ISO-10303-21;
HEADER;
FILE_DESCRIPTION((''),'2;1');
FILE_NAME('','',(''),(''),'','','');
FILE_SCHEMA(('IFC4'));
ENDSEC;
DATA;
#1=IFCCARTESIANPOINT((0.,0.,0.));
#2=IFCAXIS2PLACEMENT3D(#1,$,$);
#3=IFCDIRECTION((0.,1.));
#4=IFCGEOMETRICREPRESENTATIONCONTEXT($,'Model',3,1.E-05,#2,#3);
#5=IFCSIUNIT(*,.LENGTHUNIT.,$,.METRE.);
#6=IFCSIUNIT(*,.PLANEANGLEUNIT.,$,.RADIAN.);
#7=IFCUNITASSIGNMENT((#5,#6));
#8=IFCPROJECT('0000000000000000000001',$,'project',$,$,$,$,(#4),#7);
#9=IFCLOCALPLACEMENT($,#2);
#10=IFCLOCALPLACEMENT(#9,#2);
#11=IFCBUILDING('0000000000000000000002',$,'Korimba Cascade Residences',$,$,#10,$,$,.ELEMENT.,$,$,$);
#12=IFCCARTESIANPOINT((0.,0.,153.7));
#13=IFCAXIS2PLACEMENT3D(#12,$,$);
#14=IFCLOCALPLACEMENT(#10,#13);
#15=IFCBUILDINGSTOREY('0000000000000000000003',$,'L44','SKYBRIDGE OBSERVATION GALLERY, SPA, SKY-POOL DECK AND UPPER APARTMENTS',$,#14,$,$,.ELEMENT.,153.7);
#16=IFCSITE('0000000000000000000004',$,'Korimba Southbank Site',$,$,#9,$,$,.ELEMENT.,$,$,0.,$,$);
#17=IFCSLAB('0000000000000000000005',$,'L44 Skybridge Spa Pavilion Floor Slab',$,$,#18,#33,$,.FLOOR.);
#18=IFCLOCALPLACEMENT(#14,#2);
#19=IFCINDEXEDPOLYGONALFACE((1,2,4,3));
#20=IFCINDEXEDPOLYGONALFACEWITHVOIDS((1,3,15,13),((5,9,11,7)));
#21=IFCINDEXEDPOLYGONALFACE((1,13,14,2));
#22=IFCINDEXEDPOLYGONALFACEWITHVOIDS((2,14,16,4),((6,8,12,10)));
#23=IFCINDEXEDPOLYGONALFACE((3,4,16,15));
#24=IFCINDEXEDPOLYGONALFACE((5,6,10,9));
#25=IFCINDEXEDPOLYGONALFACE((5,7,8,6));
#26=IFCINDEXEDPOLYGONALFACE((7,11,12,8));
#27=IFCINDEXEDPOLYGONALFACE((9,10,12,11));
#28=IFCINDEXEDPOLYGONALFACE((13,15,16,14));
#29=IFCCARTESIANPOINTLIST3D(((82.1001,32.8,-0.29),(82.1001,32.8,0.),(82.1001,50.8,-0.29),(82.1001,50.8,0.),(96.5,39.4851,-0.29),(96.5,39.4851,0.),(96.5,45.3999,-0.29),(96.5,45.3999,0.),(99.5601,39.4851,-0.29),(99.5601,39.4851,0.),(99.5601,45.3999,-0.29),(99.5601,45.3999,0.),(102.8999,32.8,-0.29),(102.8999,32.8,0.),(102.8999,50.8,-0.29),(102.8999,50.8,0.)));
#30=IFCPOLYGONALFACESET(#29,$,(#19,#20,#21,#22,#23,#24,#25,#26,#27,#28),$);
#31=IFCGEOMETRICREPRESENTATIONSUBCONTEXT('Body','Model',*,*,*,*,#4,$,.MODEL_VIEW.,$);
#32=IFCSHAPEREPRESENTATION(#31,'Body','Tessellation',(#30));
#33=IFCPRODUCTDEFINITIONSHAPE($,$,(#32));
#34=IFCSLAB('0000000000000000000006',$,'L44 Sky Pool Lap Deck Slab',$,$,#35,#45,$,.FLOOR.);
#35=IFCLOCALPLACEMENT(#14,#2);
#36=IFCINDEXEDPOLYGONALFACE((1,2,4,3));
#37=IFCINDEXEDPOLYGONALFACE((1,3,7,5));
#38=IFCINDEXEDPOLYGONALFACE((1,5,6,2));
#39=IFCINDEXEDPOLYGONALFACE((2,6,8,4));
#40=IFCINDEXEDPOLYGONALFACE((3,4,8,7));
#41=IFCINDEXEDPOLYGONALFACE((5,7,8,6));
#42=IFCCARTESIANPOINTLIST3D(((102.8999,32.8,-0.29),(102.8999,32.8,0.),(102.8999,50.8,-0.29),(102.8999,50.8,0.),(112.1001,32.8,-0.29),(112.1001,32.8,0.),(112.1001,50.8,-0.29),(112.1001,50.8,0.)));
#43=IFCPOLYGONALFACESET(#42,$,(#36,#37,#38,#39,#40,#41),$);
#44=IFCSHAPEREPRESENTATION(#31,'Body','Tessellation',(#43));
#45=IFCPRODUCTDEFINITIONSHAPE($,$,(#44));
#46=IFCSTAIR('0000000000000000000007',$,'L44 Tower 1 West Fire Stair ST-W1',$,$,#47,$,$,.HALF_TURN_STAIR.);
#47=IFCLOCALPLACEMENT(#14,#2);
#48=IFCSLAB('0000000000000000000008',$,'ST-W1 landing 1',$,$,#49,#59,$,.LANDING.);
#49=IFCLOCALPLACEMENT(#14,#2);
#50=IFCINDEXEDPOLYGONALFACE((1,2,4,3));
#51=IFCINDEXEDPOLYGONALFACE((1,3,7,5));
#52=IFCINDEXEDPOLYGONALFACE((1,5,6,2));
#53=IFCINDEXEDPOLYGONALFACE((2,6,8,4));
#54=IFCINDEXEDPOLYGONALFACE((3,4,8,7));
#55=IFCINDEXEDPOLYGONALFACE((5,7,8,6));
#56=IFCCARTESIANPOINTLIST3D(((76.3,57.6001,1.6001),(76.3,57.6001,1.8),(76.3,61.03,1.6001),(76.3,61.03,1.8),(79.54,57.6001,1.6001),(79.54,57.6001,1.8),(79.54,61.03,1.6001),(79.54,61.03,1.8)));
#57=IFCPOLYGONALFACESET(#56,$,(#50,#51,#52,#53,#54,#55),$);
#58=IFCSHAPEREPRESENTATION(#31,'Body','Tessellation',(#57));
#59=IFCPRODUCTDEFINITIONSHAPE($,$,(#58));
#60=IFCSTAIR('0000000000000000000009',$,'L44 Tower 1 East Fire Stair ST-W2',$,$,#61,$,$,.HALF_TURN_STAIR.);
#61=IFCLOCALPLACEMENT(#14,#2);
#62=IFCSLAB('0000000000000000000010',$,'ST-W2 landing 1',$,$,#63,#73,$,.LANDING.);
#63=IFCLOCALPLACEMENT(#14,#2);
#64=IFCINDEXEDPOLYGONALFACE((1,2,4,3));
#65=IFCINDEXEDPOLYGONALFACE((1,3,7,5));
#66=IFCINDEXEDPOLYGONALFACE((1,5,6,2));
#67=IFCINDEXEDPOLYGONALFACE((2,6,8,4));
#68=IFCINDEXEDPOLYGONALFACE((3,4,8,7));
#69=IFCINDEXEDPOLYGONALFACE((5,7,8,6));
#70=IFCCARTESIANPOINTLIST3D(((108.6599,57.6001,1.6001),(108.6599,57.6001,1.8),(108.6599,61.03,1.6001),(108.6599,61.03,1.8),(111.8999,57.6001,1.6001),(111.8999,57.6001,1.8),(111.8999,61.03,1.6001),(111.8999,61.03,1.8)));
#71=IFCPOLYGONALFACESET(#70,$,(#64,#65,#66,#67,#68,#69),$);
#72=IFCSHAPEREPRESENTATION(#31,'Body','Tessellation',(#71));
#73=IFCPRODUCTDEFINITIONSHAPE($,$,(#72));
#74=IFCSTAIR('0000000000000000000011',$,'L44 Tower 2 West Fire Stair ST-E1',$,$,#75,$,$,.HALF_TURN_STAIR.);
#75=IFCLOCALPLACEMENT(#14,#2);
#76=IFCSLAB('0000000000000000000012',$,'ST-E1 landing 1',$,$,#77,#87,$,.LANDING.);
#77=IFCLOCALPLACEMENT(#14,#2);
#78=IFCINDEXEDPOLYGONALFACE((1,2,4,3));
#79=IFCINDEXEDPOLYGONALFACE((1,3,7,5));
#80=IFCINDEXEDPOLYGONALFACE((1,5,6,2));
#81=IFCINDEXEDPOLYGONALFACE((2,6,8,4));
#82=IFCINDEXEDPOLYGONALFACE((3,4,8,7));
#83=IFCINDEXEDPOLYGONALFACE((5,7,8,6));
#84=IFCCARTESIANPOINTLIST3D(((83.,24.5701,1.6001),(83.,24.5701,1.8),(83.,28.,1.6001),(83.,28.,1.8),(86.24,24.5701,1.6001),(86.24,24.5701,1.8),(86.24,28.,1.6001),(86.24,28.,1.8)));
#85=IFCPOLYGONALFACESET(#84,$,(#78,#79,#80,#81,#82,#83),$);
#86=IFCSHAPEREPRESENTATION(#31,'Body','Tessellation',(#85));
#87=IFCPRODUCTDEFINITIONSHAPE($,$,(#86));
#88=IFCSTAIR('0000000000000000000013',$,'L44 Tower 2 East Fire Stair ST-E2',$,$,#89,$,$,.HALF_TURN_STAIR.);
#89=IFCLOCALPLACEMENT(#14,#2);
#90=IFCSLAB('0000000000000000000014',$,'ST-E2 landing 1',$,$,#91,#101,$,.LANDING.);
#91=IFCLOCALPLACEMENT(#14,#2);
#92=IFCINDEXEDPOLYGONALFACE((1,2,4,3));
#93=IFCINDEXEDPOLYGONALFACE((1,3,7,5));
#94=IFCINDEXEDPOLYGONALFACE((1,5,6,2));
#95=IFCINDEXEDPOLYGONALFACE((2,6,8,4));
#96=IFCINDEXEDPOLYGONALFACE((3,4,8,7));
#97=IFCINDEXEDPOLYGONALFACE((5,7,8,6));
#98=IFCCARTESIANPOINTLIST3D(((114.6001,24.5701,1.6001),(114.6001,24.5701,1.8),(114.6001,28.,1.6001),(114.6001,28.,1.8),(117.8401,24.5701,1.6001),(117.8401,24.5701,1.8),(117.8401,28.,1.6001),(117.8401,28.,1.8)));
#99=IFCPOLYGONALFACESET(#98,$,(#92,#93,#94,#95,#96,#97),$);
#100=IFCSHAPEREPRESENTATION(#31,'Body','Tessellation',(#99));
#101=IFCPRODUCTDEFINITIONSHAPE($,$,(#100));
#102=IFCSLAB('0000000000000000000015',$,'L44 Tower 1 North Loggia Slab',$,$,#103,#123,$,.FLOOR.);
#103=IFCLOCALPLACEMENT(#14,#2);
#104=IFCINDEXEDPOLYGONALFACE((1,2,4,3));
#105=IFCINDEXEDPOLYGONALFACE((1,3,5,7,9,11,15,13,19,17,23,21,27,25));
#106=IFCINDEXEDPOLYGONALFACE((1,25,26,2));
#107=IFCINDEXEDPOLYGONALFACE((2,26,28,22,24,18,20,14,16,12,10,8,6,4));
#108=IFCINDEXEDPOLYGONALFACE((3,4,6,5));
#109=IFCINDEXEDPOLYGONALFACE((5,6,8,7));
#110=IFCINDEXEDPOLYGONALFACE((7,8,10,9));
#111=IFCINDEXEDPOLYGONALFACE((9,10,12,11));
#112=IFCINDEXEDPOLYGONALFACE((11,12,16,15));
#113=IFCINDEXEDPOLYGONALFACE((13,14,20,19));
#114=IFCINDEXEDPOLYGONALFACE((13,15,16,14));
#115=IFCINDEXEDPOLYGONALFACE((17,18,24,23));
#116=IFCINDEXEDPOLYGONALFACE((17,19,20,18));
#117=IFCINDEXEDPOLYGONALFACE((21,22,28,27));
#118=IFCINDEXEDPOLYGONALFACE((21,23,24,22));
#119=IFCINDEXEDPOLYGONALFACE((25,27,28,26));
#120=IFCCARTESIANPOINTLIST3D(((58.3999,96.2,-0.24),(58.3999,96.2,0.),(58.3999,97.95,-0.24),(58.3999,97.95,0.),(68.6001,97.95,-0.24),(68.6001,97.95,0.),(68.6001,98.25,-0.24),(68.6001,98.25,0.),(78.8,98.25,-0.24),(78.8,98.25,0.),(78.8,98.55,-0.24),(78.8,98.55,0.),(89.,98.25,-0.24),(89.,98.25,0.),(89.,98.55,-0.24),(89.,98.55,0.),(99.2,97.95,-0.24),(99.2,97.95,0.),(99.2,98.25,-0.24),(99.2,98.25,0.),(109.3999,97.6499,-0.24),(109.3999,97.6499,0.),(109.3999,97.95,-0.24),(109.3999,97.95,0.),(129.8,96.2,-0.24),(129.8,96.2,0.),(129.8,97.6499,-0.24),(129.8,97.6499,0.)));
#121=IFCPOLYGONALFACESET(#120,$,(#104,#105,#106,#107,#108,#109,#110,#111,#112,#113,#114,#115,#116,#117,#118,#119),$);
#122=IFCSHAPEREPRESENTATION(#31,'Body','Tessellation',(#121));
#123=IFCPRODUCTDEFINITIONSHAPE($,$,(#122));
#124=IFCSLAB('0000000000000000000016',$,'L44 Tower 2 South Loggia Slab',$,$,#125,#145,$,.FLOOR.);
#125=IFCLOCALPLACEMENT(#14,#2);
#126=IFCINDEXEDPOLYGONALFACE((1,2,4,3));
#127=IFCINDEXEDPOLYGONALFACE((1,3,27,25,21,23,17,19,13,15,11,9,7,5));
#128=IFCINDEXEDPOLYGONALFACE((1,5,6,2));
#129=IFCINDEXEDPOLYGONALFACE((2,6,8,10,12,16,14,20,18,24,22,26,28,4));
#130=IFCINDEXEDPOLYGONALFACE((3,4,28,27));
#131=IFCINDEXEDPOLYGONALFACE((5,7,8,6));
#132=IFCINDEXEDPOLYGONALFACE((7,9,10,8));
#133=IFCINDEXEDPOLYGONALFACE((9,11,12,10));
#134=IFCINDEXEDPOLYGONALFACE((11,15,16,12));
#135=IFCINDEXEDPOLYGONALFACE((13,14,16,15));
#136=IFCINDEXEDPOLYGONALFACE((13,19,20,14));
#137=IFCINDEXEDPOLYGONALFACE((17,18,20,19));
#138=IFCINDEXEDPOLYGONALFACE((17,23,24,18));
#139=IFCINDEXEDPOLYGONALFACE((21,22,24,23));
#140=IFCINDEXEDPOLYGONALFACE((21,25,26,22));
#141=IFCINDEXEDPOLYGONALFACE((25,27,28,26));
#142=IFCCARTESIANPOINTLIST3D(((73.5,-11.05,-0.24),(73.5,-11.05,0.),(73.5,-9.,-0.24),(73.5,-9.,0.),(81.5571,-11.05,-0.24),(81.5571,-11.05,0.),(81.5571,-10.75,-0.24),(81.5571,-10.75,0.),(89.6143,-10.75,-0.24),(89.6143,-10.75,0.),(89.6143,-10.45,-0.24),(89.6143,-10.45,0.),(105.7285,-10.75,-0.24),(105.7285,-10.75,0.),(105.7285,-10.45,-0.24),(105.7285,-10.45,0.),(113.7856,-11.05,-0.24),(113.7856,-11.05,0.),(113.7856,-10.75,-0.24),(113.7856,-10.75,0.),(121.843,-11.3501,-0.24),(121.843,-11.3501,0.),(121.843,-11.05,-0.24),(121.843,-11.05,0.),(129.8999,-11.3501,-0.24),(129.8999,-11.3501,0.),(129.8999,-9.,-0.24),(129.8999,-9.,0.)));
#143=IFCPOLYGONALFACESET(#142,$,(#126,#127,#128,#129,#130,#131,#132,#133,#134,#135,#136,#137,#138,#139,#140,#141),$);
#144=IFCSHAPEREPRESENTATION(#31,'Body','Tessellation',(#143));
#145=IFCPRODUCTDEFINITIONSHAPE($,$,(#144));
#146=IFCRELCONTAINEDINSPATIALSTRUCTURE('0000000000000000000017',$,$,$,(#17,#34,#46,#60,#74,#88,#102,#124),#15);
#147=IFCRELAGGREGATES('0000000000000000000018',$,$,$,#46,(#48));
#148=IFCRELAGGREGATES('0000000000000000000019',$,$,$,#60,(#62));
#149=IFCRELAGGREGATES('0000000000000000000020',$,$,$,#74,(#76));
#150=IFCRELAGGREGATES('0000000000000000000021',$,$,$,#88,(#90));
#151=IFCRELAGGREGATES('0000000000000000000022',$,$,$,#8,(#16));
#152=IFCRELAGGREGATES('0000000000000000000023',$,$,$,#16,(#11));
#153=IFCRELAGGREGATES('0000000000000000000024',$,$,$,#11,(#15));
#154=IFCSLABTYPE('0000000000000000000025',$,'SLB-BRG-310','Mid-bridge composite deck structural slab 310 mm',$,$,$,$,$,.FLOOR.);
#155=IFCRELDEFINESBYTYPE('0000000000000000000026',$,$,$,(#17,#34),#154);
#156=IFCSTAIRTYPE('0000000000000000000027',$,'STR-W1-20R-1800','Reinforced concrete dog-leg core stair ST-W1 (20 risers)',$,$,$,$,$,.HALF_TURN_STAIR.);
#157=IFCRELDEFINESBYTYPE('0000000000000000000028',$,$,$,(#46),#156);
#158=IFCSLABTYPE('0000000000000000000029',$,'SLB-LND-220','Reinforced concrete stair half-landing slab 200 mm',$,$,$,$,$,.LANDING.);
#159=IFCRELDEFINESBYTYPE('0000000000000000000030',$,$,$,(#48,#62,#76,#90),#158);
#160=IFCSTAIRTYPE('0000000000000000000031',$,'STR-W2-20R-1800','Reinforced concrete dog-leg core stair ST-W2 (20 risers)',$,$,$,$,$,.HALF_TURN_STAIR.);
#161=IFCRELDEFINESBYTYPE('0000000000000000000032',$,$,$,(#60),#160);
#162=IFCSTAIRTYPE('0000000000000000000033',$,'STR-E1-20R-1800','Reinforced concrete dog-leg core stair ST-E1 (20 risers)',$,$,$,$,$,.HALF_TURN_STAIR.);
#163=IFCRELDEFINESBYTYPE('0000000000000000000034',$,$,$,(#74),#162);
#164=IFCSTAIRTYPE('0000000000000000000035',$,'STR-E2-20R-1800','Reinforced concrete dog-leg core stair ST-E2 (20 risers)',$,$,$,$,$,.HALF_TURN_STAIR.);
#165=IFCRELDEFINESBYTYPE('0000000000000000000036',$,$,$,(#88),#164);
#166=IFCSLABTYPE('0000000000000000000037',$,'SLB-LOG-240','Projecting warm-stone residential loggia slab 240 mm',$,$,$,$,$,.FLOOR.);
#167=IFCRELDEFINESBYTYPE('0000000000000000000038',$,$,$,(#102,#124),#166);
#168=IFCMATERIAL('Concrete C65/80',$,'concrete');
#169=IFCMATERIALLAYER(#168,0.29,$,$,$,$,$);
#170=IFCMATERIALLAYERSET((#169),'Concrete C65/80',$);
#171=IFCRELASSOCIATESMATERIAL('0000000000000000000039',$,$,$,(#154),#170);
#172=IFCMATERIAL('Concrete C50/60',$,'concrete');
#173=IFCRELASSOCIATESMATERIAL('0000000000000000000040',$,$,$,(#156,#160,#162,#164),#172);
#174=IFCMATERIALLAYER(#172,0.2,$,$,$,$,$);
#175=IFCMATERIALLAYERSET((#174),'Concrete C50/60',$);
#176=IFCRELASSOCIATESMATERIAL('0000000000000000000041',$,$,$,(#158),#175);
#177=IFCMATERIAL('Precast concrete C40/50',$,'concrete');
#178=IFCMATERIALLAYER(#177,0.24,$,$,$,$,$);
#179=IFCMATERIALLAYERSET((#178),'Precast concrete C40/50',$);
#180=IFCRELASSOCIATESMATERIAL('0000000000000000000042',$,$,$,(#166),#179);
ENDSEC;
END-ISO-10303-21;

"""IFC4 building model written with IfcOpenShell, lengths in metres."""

from ifc_helpers import new_model, si_unit, direction, frame, origin, place, context, subcontext, project, spatial, polyline, outline, extrude, material, layer, layer_set, type_object, element, aggregate, save


model = new_model("IFC4")

# Units and contexts
model_context = context("Model", 3, precision=1e-05, world=origin(), true_north=direction((0.0, 1.0)))
body_context = subcontext(model_context, "Body", "Model", "MODEL_VIEW")
ifc_project = project(units=[si_unit("LENGTHUNIT", "METRE"), si_unit("PLANEANGLEUNIT", "RADIAN")], contexts=[model_context])

# Site, building, storey
site_placement = place(None, origin())
site = spatial("IfcSite", under=ifc_project, at=site_placement, Name="Korimba Southbank Site", CompositionType="ELEMENT", RefElevation=0.0)
building_placement = place(site_placement, origin())
building = spatial("IfcBuilding", under=site, at=building_placement, Name="Korimba Cascade Residences", CompositionType="ELEMENT")
storey_placement = place(building_placement, frame((0.0, 0.0, 153.7)))
storey = spatial("IfcBuildingStorey", under=building, at=storey_placement, Name="L44", Description="SKYBRIDGE OBSERVATION GALLERY, SPA, SKY-POOL DECK AND UPPER APARTMENTS", CompositionType="ELEMENT", Elevation=153.7)

# Slabs
ifc_material_1 = material(Name="Concrete C65/80", Category="concrete")
ifc_layer_1 = layer(ifc_material_1, 0.29)
ifc_layer_set_1 = layer_set([ifc_layer_1], Name="Concrete C65/80")
slab_type_1 = type_object("IfcSlabType", Name="SLB-BRG-310", Description="Mid-bridge composite deck structural slab 310 mm", PredefinedType="FLOOR", material=ifc_layer_set_1)
slab_1_placement = place(storey_placement, frame((0.0, 0.0, -0.29)))
element("IfcSlab", 1, at=slab_1_placement, inside=storey, type_object=slab_type_1, Name="L44 Skybridge Spa Pavilion Floor Slab", PredefinedType="FLOOR", context=body_context, shape_type="SweptSolid", body=[
    extrude(outline(polyline([(82.1001, 32.8), (102.8999, 32.8), (102.8999, 50.8), (82.1001, 50.8), (82.1001, 32.8)]), holes=[polyline([(99.5601, 39.4851), (99.5601, 45.3999), (96.5, 45.3999), (96.5, 39.4851), (99.5601, 39.4851)])]), origin(), (0.0, 0.0, 1.0), 0.29),
])
slab_2_placement = place(storey_placement, frame((0.0, 0.0, -0.29)))
element("IfcSlab", 2, at=slab_2_placement, inside=storey, type_object=slab_type_1, Name="L44 Sky Pool Lap Deck Slab", PredefinedType="FLOOR", context=body_context, shape_type="SweptSolid", body=[
    extrude(outline(polyline([(102.8999, 32.8), (112.1001, 32.8), (112.1001, 50.8), (102.8999, 50.8), (102.8999, 32.8)])), origin(), (0.0, 0.0, 1.0), 0.29),
])

# Stairs, slabs
ifc_material_2 = material(Name="Concrete C50/60", Category="concrete")
stair_type_1 = type_object("IfcStairType", Name="STR-W1-20R-1800", Description="Reinforced concrete dog-leg core stair ST-W1 (20 risers)", PredefinedType="HALF_TURN_STAIR", material=ifc_material_2)
stair_1_placement = place(storey_placement, origin())
stair_1 = element("IfcStair", 3, at=stair_1_placement, inside=storey, type_object=stair_type_1, Name="L44 Tower 1 West Fire Stair ST-W1", PredefinedType="HALF_TURN_STAIR")
ifc_layer_2 = layer(ifc_material_2, 0.2)
ifc_layer_set_2 = layer_set([ifc_layer_2], Name="Concrete C50/60")
slab_type_2 = type_object("IfcSlabType", Name="SLB-LND-220", Description="Reinforced concrete stair half-landing slab 200 mm", PredefinedType="LANDING", material=ifc_layer_set_2)
slab_3_placement = place(storey_placement, frame((0.0, 0.0, 1.6001)))
slab_3 = element("IfcSlab", 4, at=slab_3_placement, type_object=slab_type_2, Name="ST-W1 landing 1", PredefinedType="LANDING", context=body_context, shape_type="SweptSolid", body=[
    extrude(outline(polyline([(76.3, 61.03), (76.3, 57.6001), (79.54, 57.6001), (79.54, 61.03), (76.3, 61.03)])), origin(), (0.0, 0.0, 1.0), 0.2),
])
aggregate(stair_1, [slab_3])
stair_type_2 = type_object("IfcStairType", Name="STR-W2-20R-1800", Description="Reinforced concrete dog-leg core stair ST-W2 (20 risers)", PredefinedType="HALF_TURN_STAIR", material=ifc_material_2)
stair_2_placement = place(storey_placement, origin())
stair_2 = element("IfcStair", 5, at=stair_2_placement, inside=storey, type_object=stair_type_2, Name="L44 Tower 1 East Fire Stair ST-W2", PredefinedType="HALF_TURN_STAIR")
slab_4_placement = place(storey_placement, frame((0.0, 0.0, 1.6001)))
slab_4 = element("IfcSlab", 6, at=slab_4_placement, type_object=slab_type_2, Name="ST-W2 landing 1", PredefinedType="LANDING", context=body_context, shape_type="SweptSolid", body=[
    extrude(outline(polyline([(108.6599, 61.03), (108.6599, 57.6001), (111.8999, 57.6001), (111.8999, 61.03), (108.6599, 61.03)])), origin(), (0.0, 0.0, 1.0), 0.2),
])
aggregate(stair_2, [slab_4])
stair_type_3 = type_object("IfcStairType", Name="STR-E1-20R-1800", Description="Reinforced concrete dog-leg core stair ST-E1 (20 risers)", PredefinedType="HALF_TURN_STAIR", material=ifc_material_2)
stair_3_placement = place(storey_placement, origin())
stair_3 = element("IfcStair", 7, at=stair_3_placement, inside=storey, type_object=stair_type_3, Name="L44 Tower 2 West Fire Stair ST-E1", PredefinedType="HALF_TURN_STAIR")
slab_5_placement = place(storey_placement, frame((0.0, 0.0, 1.6001)))
slab_5 = element("IfcSlab", 8, at=slab_5_placement, type_object=slab_type_2, Name="ST-E1 landing 1", PredefinedType="LANDING", context=body_context, shape_type="SweptSolid", body=[
    extrude(outline(polyline([(86.24, 24.5701), (86.24, 28.0), (83.0, 28.0), (83.0, 24.5701), (86.24, 24.5701)])), origin(), (0.0, 0.0, 1.0), 0.2),
])
aggregate(stair_3, [slab_5])
stair_type_4 = type_object("IfcStairType", Name="STR-E2-20R-1800", Description="Reinforced concrete dog-leg core stair ST-E2 (20 risers)", PredefinedType="HALF_TURN_STAIR", material=ifc_material_2)
stair_4_placement = place(storey_placement, origin())
stair_4 = element("IfcStair", 9, at=stair_4_placement, inside=storey, type_object=stair_type_4, Name="L44 Tower 2 East Fire Stair ST-E2", PredefinedType="HALF_TURN_STAIR")
slab_6_placement = place(storey_placement, frame((0.0, 0.0, 1.6001)))
slab_6 = element("IfcSlab", 10, at=slab_6_placement, type_object=slab_type_2, Name="ST-E2 landing 1", PredefinedType="LANDING", context=body_context, shape_type="SweptSolid", body=[
    extrude(outline(polyline([(117.8401, 24.5701), (117.8401, 28.0), (114.6001, 28.0), (114.6001, 24.5701), (117.8401, 24.5701)])), origin(), (0.0, 0.0, 1.0), 0.2),
])
aggregate(stair_4, [slab_6])

# Slabs
ifc_material_3 = material(Name="Precast concrete C40/50", Category="concrete")
ifc_layer_3 = layer(ifc_material_3, 0.24)
ifc_layer_set_3 = layer_set([ifc_layer_3], Name="Precast concrete C40/50")
slab_type_3 = type_object("IfcSlabType", Name="SLB-LOG-240", Description="Projecting warm-stone residential loggia slab 240 mm", PredefinedType="FLOOR", material=ifc_layer_set_3)
slab_7_placement = place(storey_placement, frame((0.0, 0.0, -0.24)))
element("IfcSlab", 11, at=slab_7_placement, inside=storey, type_object=slab_type_3, Name="L44 Tower 1 North Loggia Slab", PredefinedType="FLOOR", context=body_context, shape_type="SweptSolid", body=[
    extrude(outline(polyline([(58.3999, 96.2), (129.8, 96.2), (129.8, 97.6499), (109.3999, 97.6499), (109.3999, 97.95), (99.2, 97.95), (99.2, 98.25), (89.0, 98.25), (89.0, 98.55), (78.8, 98.55), (78.8, 98.25), (68.6001, 98.25), (68.6001, 97.95), (58.3999, 97.95), (58.3999, 96.2)])), origin(), (0.0, 0.0, 1.0), 0.24),
])
slab_8_placement = place(storey_placement, frame((0.0, 0.0, -0.24)))
element("IfcSlab", 12, at=slab_8_placement, inside=storey, type_object=slab_type_3, Name="L44 Tower 2 South Loggia Slab", PredefinedType="FLOOR", context=body_context, shape_type="SweptSolid", body=[
    extrude(outline(polyline([(73.5, -11.05), (81.5571, -11.05), (81.5571, -10.75), (89.6143, -10.75), (89.6143, -10.45), (105.7285, -10.45), (105.7285, -10.75), (113.7856, -10.75), (113.7856, -11.05), (121.843, -11.05), (121.843, -11.3501), (129.8999, -11.3501), (129.8999, -9.0), (73.5, -9.0), (73.5, -11.05)])), origin(), (0.0, 0.0, 1.0), 0.24),
])

save(model, "model.ifc")
